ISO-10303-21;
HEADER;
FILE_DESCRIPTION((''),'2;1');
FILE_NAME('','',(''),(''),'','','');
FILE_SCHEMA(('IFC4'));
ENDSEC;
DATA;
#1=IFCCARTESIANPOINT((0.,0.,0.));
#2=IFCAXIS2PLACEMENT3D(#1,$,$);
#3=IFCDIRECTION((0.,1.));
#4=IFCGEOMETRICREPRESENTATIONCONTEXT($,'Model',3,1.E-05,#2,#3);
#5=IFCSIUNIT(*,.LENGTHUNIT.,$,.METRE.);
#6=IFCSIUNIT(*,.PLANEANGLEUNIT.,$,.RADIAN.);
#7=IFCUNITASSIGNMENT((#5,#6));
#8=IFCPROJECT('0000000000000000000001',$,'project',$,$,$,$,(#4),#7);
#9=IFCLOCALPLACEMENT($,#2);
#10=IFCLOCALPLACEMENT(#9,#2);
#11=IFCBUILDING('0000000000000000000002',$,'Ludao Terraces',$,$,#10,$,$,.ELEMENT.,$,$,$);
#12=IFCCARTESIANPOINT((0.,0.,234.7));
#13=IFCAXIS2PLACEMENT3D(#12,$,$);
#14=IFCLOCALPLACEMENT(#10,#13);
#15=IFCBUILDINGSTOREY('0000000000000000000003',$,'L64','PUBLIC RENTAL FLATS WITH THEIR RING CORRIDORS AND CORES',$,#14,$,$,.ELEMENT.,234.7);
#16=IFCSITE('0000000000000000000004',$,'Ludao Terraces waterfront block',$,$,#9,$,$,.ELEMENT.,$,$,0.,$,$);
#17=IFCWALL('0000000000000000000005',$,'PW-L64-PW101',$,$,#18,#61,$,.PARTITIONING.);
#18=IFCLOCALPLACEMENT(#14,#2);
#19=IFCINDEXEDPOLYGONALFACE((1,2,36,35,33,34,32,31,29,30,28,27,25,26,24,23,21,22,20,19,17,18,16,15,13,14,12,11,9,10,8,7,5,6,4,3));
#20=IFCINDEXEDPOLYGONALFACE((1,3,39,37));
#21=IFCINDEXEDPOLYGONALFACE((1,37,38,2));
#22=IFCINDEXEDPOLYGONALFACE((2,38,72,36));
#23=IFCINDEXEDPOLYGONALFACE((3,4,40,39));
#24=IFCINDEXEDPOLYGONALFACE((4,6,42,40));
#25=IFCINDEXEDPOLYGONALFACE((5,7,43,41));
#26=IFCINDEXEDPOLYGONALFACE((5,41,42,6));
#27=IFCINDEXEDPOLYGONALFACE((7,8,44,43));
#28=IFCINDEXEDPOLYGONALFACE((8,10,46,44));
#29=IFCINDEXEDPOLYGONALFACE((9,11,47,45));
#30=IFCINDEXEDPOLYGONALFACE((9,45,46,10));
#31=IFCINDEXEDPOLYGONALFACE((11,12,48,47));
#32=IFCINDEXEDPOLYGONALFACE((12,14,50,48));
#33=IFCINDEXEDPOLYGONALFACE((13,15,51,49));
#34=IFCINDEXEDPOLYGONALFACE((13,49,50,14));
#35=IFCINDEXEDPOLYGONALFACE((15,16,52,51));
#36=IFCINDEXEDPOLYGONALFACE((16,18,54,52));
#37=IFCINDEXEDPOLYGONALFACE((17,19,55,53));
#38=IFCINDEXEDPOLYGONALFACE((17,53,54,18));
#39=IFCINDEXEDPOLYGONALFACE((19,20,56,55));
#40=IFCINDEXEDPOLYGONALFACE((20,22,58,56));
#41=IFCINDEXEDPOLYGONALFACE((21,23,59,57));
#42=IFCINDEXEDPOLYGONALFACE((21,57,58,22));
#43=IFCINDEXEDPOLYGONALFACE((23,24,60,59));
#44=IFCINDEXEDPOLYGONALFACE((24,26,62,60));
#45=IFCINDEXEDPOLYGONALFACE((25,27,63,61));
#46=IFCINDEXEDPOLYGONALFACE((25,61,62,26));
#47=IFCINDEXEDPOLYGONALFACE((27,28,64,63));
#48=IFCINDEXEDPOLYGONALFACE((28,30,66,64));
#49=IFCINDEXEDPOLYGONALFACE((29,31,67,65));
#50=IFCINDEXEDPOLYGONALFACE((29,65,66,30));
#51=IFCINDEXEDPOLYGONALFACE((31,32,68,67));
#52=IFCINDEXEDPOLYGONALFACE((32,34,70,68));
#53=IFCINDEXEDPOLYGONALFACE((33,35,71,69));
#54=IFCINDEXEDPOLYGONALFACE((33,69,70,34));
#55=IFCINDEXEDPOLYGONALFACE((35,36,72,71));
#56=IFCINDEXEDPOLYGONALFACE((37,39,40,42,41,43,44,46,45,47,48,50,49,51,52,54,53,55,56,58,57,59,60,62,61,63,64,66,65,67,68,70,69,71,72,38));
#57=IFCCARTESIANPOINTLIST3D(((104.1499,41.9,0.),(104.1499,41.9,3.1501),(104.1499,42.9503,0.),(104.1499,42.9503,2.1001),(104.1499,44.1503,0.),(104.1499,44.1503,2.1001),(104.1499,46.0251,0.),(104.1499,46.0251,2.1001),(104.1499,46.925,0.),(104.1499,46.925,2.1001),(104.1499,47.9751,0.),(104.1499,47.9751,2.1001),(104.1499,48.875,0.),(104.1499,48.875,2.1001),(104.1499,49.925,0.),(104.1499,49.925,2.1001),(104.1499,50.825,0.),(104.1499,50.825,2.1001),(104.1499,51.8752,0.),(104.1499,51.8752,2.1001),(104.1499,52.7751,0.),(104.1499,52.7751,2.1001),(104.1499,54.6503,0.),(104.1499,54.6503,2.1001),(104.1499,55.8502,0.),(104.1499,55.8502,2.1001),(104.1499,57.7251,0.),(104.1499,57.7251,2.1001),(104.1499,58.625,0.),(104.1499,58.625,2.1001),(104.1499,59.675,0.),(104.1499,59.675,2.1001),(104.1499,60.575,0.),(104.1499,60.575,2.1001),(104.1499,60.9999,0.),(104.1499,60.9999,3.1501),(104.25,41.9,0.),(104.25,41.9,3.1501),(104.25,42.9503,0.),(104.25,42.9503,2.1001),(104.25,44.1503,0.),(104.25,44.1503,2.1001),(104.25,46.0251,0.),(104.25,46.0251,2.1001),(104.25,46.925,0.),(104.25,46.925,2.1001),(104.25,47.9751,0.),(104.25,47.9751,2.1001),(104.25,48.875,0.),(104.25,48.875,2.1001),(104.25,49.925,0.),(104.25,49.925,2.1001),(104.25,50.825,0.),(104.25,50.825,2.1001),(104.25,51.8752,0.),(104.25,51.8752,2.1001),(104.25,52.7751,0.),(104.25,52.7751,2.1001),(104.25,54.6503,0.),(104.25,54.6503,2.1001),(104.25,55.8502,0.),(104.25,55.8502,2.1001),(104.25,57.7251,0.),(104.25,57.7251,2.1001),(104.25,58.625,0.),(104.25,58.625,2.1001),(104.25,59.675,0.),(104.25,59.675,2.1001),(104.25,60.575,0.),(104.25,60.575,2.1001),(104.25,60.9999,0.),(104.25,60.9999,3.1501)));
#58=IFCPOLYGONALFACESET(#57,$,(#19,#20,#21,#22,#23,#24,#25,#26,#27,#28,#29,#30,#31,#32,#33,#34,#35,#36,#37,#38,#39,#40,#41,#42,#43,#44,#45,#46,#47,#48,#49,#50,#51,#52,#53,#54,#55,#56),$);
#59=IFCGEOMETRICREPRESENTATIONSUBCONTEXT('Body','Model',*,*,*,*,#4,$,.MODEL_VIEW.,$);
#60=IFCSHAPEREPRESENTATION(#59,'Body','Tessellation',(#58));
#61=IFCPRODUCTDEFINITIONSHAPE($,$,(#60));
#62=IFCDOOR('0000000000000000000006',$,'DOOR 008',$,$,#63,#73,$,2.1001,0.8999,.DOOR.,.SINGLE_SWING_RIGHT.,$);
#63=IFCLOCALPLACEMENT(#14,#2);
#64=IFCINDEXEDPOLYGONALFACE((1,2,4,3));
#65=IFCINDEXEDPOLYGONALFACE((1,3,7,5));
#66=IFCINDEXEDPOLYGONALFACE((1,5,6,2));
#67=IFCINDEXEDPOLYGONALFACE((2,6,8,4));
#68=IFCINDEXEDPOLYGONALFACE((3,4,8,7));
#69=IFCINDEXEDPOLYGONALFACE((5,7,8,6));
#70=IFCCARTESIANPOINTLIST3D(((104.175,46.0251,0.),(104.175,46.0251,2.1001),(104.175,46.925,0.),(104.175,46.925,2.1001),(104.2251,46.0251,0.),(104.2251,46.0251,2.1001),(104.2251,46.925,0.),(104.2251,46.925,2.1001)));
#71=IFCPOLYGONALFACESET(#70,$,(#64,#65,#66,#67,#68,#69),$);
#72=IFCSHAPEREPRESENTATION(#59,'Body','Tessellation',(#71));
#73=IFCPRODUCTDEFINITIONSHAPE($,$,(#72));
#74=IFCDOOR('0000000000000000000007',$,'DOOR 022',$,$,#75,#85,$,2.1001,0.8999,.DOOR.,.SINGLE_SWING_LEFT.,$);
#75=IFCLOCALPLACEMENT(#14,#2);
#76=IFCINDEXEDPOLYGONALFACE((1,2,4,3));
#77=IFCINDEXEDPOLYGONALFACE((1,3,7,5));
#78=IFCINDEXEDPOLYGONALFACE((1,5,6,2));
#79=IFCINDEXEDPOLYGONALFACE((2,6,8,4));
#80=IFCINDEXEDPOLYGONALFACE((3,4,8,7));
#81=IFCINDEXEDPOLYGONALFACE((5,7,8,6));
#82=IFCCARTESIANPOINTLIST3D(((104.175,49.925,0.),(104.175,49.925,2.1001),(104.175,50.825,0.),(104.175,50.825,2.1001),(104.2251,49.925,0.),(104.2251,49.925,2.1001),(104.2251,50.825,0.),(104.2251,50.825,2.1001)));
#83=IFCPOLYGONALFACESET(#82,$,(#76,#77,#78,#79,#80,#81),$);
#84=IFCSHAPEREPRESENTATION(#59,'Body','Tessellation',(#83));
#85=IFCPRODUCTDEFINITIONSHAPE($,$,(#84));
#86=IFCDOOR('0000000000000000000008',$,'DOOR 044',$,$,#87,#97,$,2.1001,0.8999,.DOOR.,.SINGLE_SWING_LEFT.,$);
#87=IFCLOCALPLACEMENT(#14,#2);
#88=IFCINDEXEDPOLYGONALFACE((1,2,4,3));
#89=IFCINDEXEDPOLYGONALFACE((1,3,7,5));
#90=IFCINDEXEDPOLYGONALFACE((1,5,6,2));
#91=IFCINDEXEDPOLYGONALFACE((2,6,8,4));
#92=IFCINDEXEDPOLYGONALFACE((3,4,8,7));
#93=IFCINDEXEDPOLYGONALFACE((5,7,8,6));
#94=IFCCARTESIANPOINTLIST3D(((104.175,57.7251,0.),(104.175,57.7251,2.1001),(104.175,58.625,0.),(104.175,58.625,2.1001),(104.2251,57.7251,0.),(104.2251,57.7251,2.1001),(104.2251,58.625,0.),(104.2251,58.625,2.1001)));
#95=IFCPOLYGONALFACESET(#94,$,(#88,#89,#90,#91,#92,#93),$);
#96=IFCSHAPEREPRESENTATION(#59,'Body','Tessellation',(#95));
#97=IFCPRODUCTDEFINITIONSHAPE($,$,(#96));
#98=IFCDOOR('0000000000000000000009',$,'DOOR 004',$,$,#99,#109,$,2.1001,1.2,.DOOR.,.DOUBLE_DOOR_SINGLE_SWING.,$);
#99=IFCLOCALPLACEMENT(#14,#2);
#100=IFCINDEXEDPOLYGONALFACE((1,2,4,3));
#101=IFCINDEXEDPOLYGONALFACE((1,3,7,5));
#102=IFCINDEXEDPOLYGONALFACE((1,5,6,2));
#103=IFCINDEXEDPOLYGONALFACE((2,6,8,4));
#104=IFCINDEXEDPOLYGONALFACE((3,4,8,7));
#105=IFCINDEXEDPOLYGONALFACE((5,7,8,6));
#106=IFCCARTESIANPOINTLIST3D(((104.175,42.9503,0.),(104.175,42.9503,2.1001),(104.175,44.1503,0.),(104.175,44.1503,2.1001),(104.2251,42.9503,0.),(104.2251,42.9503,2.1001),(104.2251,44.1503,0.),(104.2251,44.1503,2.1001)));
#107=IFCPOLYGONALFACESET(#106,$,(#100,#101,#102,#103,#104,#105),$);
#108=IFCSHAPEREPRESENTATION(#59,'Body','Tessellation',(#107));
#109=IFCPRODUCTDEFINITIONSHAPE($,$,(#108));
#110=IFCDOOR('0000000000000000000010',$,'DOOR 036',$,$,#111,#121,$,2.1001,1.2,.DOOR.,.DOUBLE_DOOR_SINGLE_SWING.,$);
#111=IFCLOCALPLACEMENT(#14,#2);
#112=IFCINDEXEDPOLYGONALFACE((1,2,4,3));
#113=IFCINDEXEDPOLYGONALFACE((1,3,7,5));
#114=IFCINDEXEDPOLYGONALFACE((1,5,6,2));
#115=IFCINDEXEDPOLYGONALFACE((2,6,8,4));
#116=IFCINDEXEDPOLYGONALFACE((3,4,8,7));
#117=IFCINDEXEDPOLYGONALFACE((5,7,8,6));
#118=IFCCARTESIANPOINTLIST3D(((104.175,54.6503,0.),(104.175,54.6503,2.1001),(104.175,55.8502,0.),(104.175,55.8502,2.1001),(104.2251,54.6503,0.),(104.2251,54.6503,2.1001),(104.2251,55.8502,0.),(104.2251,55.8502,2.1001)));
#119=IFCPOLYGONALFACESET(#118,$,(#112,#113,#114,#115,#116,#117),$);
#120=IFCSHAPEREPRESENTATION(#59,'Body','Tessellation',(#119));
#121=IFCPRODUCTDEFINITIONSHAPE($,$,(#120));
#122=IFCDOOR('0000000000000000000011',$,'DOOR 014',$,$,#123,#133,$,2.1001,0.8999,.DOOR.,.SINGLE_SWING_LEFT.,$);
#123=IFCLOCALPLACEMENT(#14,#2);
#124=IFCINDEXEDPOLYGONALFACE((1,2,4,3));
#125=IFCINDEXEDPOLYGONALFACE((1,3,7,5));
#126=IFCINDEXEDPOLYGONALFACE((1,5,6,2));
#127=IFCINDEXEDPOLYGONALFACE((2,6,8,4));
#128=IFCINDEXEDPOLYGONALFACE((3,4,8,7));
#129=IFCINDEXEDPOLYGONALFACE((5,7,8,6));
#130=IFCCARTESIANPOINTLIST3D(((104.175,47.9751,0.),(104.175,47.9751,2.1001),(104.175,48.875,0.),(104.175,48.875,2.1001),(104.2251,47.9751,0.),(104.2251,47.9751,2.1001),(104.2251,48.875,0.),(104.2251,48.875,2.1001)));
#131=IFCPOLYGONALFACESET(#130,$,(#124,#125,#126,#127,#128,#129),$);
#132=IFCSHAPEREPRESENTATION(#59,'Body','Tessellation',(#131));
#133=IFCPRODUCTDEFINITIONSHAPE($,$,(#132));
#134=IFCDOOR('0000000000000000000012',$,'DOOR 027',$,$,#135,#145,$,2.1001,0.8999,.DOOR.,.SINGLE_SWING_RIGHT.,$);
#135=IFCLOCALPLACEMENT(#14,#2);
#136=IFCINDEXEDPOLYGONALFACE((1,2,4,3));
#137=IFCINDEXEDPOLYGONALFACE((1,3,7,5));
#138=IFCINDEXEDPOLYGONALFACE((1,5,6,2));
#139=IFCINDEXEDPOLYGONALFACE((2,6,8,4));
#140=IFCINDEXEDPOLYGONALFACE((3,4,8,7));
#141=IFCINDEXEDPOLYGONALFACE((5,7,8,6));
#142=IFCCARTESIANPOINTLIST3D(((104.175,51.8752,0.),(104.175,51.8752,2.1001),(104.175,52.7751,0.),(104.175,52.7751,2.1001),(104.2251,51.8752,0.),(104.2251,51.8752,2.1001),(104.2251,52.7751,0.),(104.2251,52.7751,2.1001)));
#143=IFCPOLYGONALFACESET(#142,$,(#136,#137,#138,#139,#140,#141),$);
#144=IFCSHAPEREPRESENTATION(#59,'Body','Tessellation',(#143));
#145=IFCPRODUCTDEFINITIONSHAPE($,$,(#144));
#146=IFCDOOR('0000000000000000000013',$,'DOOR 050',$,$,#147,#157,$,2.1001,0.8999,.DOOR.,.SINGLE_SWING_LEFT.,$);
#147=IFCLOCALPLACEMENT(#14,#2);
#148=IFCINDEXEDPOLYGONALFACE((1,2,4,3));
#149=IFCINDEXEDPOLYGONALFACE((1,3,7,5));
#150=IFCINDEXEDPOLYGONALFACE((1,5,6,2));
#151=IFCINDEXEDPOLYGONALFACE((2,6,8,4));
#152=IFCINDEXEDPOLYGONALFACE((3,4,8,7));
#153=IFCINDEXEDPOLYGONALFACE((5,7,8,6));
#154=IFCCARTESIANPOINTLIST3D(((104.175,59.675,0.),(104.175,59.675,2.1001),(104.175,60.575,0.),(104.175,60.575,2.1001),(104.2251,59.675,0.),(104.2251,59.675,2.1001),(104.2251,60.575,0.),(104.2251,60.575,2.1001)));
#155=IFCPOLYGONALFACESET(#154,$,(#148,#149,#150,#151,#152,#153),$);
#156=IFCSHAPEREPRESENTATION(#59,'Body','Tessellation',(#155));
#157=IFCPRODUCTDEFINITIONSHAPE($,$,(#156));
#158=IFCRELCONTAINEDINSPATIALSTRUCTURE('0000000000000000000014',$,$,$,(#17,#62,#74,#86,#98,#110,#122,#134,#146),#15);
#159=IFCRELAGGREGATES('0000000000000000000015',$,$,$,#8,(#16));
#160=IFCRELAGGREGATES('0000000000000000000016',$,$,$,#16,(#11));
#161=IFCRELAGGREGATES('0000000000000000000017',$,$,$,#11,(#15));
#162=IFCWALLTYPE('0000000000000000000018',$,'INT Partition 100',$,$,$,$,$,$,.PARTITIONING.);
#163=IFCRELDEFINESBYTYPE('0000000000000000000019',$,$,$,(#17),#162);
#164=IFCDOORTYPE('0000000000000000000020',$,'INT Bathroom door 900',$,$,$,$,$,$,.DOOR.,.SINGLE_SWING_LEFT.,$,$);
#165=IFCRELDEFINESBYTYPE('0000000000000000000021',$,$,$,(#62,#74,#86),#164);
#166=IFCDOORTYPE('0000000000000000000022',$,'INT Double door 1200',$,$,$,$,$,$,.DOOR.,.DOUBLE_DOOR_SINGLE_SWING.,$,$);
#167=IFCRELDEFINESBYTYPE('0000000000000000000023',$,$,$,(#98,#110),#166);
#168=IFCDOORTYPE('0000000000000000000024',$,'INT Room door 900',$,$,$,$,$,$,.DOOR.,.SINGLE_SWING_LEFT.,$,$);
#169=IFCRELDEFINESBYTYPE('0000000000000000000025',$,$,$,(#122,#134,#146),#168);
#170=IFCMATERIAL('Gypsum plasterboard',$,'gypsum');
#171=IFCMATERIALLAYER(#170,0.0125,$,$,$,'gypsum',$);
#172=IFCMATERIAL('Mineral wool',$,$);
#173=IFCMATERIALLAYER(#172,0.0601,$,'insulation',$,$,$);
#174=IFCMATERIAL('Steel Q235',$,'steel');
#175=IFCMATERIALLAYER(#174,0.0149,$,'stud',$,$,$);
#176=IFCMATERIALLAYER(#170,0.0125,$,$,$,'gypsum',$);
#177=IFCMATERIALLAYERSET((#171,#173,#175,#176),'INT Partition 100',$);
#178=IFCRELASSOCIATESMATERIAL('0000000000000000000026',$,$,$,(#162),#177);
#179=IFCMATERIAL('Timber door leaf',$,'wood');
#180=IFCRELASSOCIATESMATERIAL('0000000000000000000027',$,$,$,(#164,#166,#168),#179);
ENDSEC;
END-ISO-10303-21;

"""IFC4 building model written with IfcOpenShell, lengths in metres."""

from ifc_helpers import new_model, si_unit, direction, frame, frame_2d, origin, place, context, subcontext, project, spatial, rectangle, extrude, material, layer, layer_set, type_object, element, fill, save


model = new_model("IFC4")

# Units and contexts
model_context = context("Model", 3, precision=1e-05, world=origin(), true_north=direction((0.0, 1.0)))
body_context = subcontext(model_context, "Body", "Model", "MODEL_VIEW")
ifc_project = project(units=[si_unit("LENGTHUNIT", "METRE"), si_unit("PLANEANGLEUNIT", "RADIAN")], contexts=[model_context])

# Site, building, storey
site_placement = place(None, origin())
site = spatial("IfcSite", under=ifc_project, at=site_placement, Name="Ludao Terraces waterfront block", CompositionType="ELEMENT", RefElevation=0.0)
building_placement = place(site_placement, origin())
building = spatial("IfcBuilding", under=site, at=building_placement, Name="Ludao Terraces", CompositionType="ELEMENT")
storey_placement = place(building_placement, frame((0.0, 0.0, 234.7)))
storey = spatial("IfcBuildingStorey", under=building, at=storey_placement, Name="L64", Description="PUBLIC RENTAL FLATS WITH THEIR RING CORRIDORS AND CORES", CompositionType="ELEMENT", Elevation=234.7)

# Wall, openings, doors
ifc_material_1 = material(Name="Gypsum plasterboard", Category="gypsum")
ifc_layer_1 = layer(ifc_material_1, 0.0125, Category="gypsum")
ifc_material_2 = material(Name="Mineral wool")
ifc_layer_2 = layer(ifc_material_2, 0.0601, Name="insulation")
ifc_material_3 = material(Name="Steel Q235", Category="steel")
ifc_layer_3 = layer(ifc_material_3, 0.0149, Name="stud")
ifc_layer_4 = layer(ifc_material_1, 0.0125, Category="gypsum")
ifc_layer_set = layer_set([ifc_layer_1, ifc_layer_2, ifc_layer_3, ifc_layer_4], Name="INT Partition 100")
wall_type = type_object("IfcWallType", Name="INT Partition 100", PredefinedType="PARTITIONING", material=ifc_layer_set)
wall_placement = place(storey_placement, frame((104.2, 41.9001, 0.0), z_axis=(0.0, 0.0, 1.0), x_axis=(0.0, 1.0, 0.0)))
wall = element("IfcWall", 1, at=wall_placement, inside=storey, type_object=wall_type, Name="PW-L64-PW101", PredefinedType="PARTITIONING", context=body_context, shape_type="SweptSolid", body=[
    extrude(rectangle(XDim=19.0999, YDim=0.1001, at=frame_2d((9.5498, 0.0))), origin(), (0.0, 0.0, 1.0), 3.1501),
])
opening_1_placement = place(wall_placement, frame((1.05, 0.0, 0.0)))
opening_1 = element("IfcOpeningElement", 2, at=opening_1_placement, cuts=wall, PredefinedType="OPENING", context=body_context, shape_type="SweptSolid", body=[
    extrude(rectangle(XDim=1.2, YDim=2.1001, at=frame_2d((0.6001, 1.05))), frame((0.0, 0.0601, 0.0), z_axis=(0.0, -1.0, 0.0), x_axis=(1.0, 0.0, 0.0)), (0.0, 0.0, 1.0), 0.1201),
])
opening_2_placement = place(wall_placement, frame((4.125, 0.0, 0.0)))
opening_2 = element("IfcOpeningElement", 3, at=opening_2_placement, cuts=wall, PredefinedType="OPENING", context=body_context, shape_type="SweptSolid", body=[
    extrude(rectangle(XDim=0.8999, YDim=2.1001, at=frame_2d((0.45, 1.05))), frame((0.0, 0.0601, 0.0), z_axis=(0.0, -1.0, 0.0), x_axis=(1.0, 0.0, 0.0)), (0.0, 0.0, 1.0), 0.1201),
])
opening_3_placement = place(wall_placement, frame((6.075, 0.0, 0.0)))
opening_3 = element("IfcOpeningElement", 4, at=opening_3_placement, cuts=wall, PredefinedType="OPENING", context=body_context, shape_type="SweptSolid", body=[
    extrude(rectangle(XDim=0.8999, YDim=2.1001, at=frame_2d((0.45, 1.05))), frame((0.0, 0.0601, 0.0), z_axis=(0.0, -1.0, 0.0), x_axis=(1.0, 0.0, 0.0)), (0.0, 0.0, 1.0), 0.1201),
])
opening_4_placement = place(wall_placement, frame((8.0249, 0.0, 0.0)))
opening_4 = element("IfcOpeningElement", 5, at=opening_4_placement, cuts=wall, PredefinedType="OPENING", context=body_context, shape_type="SweptSolid", body=[
    extrude(rectangle(XDim=0.8999, YDim=2.1001, at=frame_2d((0.45, 1.05))), frame((0.0, 0.0601, 0.0), z_axis=(0.0, -1.0, 0.0), x_axis=(1.0, 0.0, 0.0)), (0.0, 0.0, 1.0), 0.1201),
])
opening_5_placement = place(wall_placement, frame((9.9751, 0.0, 0.0)))
opening_5 = element("IfcOpeningElement", 6, at=opening_5_placement, cuts=wall, PredefinedType="OPENING", context=body_context, shape_type="SweptSolid", body=[
    extrude(rectangle(XDim=0.8999, YDim=2.1001, at=frame_2d((0.45, 1.05))), frame((0.0, 0.0601, 0.0), z_axis=(0.0, -1.0, 0.0), x_axis=(1.0, 0.0, 0.0)), (0.0, 0.0, 1.0), 0.1201),
])
opening_6_placement = place(wall_placement, frame((12.75, 0.0, 0.0)))
opening_6 = element("IfcOpeningElement", 7, at=opening_6_placement, cuts=wall, PredefinedType="OPENING", context=body_context, shape_type="SweptSolid", body=[
    extrude(rectangle(XDim=1.2, YDim=2.1001, at=frame_2d((0.6001, 1.05))), frame((0.0, 0.0601, 0.0), z_axis=(0.0, -1.0, 0.0), x_axis=(1.0, 0.0, 0.0)), (0.0, 0.0, 1.0), 0.1201),
])
opening_7_placement = place(wall_placement, frame((15.825, 0.0, 0.0)))
opening_7 = element("IfcOpeningElement", 8, at=opening_7_placement, cuts=wall, PredefinedType="OPENING", context=body_context, shape_type="SweptSolid", body=[
    extrude(rectangle(XDim=0.8999, YDim=2.1001, at=frame_2d((0.45, 1.05))), frame((0.0, 0.0601, 0.0), z_axis=(0.0, -1.0, 0.0), x_axis=(1.0, 0.0, 0.0)), (0.0, 0.0, 1.0), 0.1201),
])
opening_8_placement = place(wall_placement, frame((17.7749, 0.0, 0.0)))
opening_8 = element("IfcOpeningElement", 9, at=opening_8_placement, cuts=wall, PredefinedType="OPENING", context=body_context, shape_type="SweptSolid", body=[
    extrude(rectangle(XDim=0.8999, YDim=2.1001, at=frame_2d((0.45, 1.05))), frame((0.0, 0.0601, 0.0), z_axis=(0.0, -1.0, 0.0), x_axis=(1.0, 0.0, 0.0)), (0.0, 0.0, 1.0), 0.1201),
])
ifc_material_4 = material(Name="Timber door leaf", Category="wood")
door_type_1 = type_object("IfcDoorType", Name="INT Bathroom door 900", OperationType="SINGLE_SWING_LEFT", PredefinedType="DOOR", material=ifc_material_4)
door_1_placement = place(opening_2_placement, origin())
door_1 = element("IfcDoor", 10, at=door_1_placement, inside=storey, type_object=door_type_1, Name="DOOR 008", OperationType="SINGLE_SWING_RIGHT", OverallHeight=2.1001, OverallWidth=0.8999, PredefinedType="DOOR", context=body_context, shape_type="SweptSolid", body=[
    extrude(rectangle(XDim=0.8999, YDim=2.1001, at=frame_2d((0.45, 1.05))), frame((0.0, 0.0249, 0.0), z_axis=(0.0, -1.0, 0.0), x_axis=(1.0, 0.0, 0.0)), (0.0, 0.0, 1.0), 0.05),
])
fill(opening_2, door_1)
door_2_placement = place(opening_4_placement, origin())
door_2 = element("IfcDoor", 11, at=door_2_placement, inside=storey, type_object=door_type_1, Name="DOOR 022", OperationType="SINGLE_SWING_LEFT", OverallHeight=2.1001, OverallWidth=0.8999, PredefinedType="DOOR", context=body_context, shape_type="SweptSolid", body=[
    extrude(rectangle(XDim=0.8999, YDim=2.1001, at=frame_2d((0.45, 1.05))), frame((0.0, 0.0249, 0.0), z_axis=(0.0, -1.0, 0.0), x_axis=(1.0, 0.0, 0.0)), (0.0, 0.0, 1.0), 0.05),
])
fill(opening_4, door_2)
door_3_placement = place(opening_7_placement, origin())
door_3 = element("IfcDoor", 12, at=door_3_placement, inside=storey, type_object=door_type_1, Name="DOOR 044", OperationType="SINGLE_SWING_LEFT", OverallHeight=2.1001, OverallWidth=0.8999, PredefinedType="DOOR", context=body_context, shape_type="SweptSolid", body=[
    extrude(rectangle(XDim=0.8999, YDim=2.1001, at=frame_2d((0.45, 1.05))), frame((0.0, 0.0249, 0.0), z_axis=(0.0, -1.0, 0.0), x_axis=(1.0, 0.0, 0.0)), (0.0, 0.0, 1.0), 0.05),
])
fill(opening_7, door_3)
door_type_2 = type_object("IfcDoorType", Name="INT Double door 1200", OperationType="DOUBLE_DOOR_SINGLE_SWING", PredefinedType="DOOR", material=ifc_material_4)
door_4_placement = place(opening_1_placement, origin())
door_4 = element("IfcDoor", 13, at=door_4_placement, inside=storey, type_object=door_type_2, Name="DOOR 004", OperationType="DOUBLE_DOOR_SINGLE_SWING", OverallHeight=2.1001, OverallWidth=1.2, PredefinedType="DOOR", context=body_context, shape_type="SweptSolid", body=[
    extrude(rectangle(XDim=1.2, YDim=2.1001, at=frame_2d((0.6001, 1.05))), frame((0.0, 0.0249, 0.0), z_axis=(0.0, -1.0, 0.0), x_axis=(1.0, 0.0, 0.0)), (0.0, 0.0, 1.0), 0.05),
])
fill(opening_1, door_4)
door_5_placement = place(opening_6_placement, origin())
door_5 = element("IfcDoor", 14, at=door_5_placement, inside=storey, type_object=door_type_2, Name="DOOR 036", OperationType="DOUBLE_DOOR_SINGLE_SWING", OverallHeight=2.1001, OverallWidth=1.2, PredefinedType="DOOR", context=body_context, shape_type="SweptSolid", body=[
    extrude(rectangle(XDim=1.2, YDim=2.1001, at=frame_2d((0.6001, 1.05))), frame((0.0, 0.0249, 0.0), z_axis=(0.0, -1.0, 0.0), x_axis=(1.0, 0.0, 0.0)), (0.0, 0.0, 1.0), 0.05),
])
fill(opening_6, door_5)
door_type_3 = type_object("IfcDoorType", Name="INT Room door 900", OperationType="SINGLE_SWING_LEFT", PredefinedType="DOOR", material=ifc_material_4)
door_6_placement = place(opening_3_placement, origin())
door_6 = element("IfcDoor", 15, at=door_6_placement, inside=storey, type_object=door_type_3, Name="DOOR 014", OperationType="SINGLE_SWING_LEFT", OverallHeight=2.1001, OverallWidth=0.8999, PredefinedType="DOOR", context=body_context, shape_type="SweptSolid", body=[
    extrude(rectangle(XDim=0.8999, YDim=2.1001, at=frame_2d((0.45, 1.05))), frame((0.0, 0.0249, 0.0), z_axis=(0.0, -1.0, 0.0), x_axis=(1.0, 0.0, 0.0)), (0.0, 0.0, 1.0), 0.05),
])
fill(opening_3, door_6)
door_7_placement = place(opening_5_placement, origin())
door_7 = element("IfcDoor", 16, at=door_7_placement, inside=storey, type_object=door_type_3, Name="DOOR 027", OperationType="SINGLE_SWING_RIGHT", OverallHeight=2.1001, OverallWidth=0.8999, PredefinedType="DOOR", context=body_context, shape_type="SweptSolid", body=[
    extrude(rectangle(XDim=0.8999, YDim=2.1001, at=frame_2d((0.45, 1.05))), frame((0.0, 0.0249, 0.0), z_axis=(0.0, -1.0, 0.0), x_axis=(1.0, 0.0, 0.0)), (0.0, 0.0, 1.0), 0.05),
])
fill(opening_5, door_7)
door_8_placement = place(opening_8_placement, origin())
door_8 = element("IfcDoor", 17, at=door_8_placement, inside=storey, type_object=door_type_3, Name="DOOR 050", OperationType="SINGLE_SWING_LEFT", OverallHeight=2.1001, OverallWidth=0.8999, PredefinedType="DOOR", context=body_context, shape_type="SweptSolid", body=[
    extrude(rectangle(XDim=0.8999, YDim=2.1001, at=frame_2d((0.45, 1.05))), frame((0.0, 0.0249, 0.0), z_axis=(0.0, -1.0, 0.0), x_axis=(1.0, 0.0, 0.0)), (0.0, 0.0, 1.0), 0.05),
])
fill(opening_8, door_8)

save(model, "model.ifc")
